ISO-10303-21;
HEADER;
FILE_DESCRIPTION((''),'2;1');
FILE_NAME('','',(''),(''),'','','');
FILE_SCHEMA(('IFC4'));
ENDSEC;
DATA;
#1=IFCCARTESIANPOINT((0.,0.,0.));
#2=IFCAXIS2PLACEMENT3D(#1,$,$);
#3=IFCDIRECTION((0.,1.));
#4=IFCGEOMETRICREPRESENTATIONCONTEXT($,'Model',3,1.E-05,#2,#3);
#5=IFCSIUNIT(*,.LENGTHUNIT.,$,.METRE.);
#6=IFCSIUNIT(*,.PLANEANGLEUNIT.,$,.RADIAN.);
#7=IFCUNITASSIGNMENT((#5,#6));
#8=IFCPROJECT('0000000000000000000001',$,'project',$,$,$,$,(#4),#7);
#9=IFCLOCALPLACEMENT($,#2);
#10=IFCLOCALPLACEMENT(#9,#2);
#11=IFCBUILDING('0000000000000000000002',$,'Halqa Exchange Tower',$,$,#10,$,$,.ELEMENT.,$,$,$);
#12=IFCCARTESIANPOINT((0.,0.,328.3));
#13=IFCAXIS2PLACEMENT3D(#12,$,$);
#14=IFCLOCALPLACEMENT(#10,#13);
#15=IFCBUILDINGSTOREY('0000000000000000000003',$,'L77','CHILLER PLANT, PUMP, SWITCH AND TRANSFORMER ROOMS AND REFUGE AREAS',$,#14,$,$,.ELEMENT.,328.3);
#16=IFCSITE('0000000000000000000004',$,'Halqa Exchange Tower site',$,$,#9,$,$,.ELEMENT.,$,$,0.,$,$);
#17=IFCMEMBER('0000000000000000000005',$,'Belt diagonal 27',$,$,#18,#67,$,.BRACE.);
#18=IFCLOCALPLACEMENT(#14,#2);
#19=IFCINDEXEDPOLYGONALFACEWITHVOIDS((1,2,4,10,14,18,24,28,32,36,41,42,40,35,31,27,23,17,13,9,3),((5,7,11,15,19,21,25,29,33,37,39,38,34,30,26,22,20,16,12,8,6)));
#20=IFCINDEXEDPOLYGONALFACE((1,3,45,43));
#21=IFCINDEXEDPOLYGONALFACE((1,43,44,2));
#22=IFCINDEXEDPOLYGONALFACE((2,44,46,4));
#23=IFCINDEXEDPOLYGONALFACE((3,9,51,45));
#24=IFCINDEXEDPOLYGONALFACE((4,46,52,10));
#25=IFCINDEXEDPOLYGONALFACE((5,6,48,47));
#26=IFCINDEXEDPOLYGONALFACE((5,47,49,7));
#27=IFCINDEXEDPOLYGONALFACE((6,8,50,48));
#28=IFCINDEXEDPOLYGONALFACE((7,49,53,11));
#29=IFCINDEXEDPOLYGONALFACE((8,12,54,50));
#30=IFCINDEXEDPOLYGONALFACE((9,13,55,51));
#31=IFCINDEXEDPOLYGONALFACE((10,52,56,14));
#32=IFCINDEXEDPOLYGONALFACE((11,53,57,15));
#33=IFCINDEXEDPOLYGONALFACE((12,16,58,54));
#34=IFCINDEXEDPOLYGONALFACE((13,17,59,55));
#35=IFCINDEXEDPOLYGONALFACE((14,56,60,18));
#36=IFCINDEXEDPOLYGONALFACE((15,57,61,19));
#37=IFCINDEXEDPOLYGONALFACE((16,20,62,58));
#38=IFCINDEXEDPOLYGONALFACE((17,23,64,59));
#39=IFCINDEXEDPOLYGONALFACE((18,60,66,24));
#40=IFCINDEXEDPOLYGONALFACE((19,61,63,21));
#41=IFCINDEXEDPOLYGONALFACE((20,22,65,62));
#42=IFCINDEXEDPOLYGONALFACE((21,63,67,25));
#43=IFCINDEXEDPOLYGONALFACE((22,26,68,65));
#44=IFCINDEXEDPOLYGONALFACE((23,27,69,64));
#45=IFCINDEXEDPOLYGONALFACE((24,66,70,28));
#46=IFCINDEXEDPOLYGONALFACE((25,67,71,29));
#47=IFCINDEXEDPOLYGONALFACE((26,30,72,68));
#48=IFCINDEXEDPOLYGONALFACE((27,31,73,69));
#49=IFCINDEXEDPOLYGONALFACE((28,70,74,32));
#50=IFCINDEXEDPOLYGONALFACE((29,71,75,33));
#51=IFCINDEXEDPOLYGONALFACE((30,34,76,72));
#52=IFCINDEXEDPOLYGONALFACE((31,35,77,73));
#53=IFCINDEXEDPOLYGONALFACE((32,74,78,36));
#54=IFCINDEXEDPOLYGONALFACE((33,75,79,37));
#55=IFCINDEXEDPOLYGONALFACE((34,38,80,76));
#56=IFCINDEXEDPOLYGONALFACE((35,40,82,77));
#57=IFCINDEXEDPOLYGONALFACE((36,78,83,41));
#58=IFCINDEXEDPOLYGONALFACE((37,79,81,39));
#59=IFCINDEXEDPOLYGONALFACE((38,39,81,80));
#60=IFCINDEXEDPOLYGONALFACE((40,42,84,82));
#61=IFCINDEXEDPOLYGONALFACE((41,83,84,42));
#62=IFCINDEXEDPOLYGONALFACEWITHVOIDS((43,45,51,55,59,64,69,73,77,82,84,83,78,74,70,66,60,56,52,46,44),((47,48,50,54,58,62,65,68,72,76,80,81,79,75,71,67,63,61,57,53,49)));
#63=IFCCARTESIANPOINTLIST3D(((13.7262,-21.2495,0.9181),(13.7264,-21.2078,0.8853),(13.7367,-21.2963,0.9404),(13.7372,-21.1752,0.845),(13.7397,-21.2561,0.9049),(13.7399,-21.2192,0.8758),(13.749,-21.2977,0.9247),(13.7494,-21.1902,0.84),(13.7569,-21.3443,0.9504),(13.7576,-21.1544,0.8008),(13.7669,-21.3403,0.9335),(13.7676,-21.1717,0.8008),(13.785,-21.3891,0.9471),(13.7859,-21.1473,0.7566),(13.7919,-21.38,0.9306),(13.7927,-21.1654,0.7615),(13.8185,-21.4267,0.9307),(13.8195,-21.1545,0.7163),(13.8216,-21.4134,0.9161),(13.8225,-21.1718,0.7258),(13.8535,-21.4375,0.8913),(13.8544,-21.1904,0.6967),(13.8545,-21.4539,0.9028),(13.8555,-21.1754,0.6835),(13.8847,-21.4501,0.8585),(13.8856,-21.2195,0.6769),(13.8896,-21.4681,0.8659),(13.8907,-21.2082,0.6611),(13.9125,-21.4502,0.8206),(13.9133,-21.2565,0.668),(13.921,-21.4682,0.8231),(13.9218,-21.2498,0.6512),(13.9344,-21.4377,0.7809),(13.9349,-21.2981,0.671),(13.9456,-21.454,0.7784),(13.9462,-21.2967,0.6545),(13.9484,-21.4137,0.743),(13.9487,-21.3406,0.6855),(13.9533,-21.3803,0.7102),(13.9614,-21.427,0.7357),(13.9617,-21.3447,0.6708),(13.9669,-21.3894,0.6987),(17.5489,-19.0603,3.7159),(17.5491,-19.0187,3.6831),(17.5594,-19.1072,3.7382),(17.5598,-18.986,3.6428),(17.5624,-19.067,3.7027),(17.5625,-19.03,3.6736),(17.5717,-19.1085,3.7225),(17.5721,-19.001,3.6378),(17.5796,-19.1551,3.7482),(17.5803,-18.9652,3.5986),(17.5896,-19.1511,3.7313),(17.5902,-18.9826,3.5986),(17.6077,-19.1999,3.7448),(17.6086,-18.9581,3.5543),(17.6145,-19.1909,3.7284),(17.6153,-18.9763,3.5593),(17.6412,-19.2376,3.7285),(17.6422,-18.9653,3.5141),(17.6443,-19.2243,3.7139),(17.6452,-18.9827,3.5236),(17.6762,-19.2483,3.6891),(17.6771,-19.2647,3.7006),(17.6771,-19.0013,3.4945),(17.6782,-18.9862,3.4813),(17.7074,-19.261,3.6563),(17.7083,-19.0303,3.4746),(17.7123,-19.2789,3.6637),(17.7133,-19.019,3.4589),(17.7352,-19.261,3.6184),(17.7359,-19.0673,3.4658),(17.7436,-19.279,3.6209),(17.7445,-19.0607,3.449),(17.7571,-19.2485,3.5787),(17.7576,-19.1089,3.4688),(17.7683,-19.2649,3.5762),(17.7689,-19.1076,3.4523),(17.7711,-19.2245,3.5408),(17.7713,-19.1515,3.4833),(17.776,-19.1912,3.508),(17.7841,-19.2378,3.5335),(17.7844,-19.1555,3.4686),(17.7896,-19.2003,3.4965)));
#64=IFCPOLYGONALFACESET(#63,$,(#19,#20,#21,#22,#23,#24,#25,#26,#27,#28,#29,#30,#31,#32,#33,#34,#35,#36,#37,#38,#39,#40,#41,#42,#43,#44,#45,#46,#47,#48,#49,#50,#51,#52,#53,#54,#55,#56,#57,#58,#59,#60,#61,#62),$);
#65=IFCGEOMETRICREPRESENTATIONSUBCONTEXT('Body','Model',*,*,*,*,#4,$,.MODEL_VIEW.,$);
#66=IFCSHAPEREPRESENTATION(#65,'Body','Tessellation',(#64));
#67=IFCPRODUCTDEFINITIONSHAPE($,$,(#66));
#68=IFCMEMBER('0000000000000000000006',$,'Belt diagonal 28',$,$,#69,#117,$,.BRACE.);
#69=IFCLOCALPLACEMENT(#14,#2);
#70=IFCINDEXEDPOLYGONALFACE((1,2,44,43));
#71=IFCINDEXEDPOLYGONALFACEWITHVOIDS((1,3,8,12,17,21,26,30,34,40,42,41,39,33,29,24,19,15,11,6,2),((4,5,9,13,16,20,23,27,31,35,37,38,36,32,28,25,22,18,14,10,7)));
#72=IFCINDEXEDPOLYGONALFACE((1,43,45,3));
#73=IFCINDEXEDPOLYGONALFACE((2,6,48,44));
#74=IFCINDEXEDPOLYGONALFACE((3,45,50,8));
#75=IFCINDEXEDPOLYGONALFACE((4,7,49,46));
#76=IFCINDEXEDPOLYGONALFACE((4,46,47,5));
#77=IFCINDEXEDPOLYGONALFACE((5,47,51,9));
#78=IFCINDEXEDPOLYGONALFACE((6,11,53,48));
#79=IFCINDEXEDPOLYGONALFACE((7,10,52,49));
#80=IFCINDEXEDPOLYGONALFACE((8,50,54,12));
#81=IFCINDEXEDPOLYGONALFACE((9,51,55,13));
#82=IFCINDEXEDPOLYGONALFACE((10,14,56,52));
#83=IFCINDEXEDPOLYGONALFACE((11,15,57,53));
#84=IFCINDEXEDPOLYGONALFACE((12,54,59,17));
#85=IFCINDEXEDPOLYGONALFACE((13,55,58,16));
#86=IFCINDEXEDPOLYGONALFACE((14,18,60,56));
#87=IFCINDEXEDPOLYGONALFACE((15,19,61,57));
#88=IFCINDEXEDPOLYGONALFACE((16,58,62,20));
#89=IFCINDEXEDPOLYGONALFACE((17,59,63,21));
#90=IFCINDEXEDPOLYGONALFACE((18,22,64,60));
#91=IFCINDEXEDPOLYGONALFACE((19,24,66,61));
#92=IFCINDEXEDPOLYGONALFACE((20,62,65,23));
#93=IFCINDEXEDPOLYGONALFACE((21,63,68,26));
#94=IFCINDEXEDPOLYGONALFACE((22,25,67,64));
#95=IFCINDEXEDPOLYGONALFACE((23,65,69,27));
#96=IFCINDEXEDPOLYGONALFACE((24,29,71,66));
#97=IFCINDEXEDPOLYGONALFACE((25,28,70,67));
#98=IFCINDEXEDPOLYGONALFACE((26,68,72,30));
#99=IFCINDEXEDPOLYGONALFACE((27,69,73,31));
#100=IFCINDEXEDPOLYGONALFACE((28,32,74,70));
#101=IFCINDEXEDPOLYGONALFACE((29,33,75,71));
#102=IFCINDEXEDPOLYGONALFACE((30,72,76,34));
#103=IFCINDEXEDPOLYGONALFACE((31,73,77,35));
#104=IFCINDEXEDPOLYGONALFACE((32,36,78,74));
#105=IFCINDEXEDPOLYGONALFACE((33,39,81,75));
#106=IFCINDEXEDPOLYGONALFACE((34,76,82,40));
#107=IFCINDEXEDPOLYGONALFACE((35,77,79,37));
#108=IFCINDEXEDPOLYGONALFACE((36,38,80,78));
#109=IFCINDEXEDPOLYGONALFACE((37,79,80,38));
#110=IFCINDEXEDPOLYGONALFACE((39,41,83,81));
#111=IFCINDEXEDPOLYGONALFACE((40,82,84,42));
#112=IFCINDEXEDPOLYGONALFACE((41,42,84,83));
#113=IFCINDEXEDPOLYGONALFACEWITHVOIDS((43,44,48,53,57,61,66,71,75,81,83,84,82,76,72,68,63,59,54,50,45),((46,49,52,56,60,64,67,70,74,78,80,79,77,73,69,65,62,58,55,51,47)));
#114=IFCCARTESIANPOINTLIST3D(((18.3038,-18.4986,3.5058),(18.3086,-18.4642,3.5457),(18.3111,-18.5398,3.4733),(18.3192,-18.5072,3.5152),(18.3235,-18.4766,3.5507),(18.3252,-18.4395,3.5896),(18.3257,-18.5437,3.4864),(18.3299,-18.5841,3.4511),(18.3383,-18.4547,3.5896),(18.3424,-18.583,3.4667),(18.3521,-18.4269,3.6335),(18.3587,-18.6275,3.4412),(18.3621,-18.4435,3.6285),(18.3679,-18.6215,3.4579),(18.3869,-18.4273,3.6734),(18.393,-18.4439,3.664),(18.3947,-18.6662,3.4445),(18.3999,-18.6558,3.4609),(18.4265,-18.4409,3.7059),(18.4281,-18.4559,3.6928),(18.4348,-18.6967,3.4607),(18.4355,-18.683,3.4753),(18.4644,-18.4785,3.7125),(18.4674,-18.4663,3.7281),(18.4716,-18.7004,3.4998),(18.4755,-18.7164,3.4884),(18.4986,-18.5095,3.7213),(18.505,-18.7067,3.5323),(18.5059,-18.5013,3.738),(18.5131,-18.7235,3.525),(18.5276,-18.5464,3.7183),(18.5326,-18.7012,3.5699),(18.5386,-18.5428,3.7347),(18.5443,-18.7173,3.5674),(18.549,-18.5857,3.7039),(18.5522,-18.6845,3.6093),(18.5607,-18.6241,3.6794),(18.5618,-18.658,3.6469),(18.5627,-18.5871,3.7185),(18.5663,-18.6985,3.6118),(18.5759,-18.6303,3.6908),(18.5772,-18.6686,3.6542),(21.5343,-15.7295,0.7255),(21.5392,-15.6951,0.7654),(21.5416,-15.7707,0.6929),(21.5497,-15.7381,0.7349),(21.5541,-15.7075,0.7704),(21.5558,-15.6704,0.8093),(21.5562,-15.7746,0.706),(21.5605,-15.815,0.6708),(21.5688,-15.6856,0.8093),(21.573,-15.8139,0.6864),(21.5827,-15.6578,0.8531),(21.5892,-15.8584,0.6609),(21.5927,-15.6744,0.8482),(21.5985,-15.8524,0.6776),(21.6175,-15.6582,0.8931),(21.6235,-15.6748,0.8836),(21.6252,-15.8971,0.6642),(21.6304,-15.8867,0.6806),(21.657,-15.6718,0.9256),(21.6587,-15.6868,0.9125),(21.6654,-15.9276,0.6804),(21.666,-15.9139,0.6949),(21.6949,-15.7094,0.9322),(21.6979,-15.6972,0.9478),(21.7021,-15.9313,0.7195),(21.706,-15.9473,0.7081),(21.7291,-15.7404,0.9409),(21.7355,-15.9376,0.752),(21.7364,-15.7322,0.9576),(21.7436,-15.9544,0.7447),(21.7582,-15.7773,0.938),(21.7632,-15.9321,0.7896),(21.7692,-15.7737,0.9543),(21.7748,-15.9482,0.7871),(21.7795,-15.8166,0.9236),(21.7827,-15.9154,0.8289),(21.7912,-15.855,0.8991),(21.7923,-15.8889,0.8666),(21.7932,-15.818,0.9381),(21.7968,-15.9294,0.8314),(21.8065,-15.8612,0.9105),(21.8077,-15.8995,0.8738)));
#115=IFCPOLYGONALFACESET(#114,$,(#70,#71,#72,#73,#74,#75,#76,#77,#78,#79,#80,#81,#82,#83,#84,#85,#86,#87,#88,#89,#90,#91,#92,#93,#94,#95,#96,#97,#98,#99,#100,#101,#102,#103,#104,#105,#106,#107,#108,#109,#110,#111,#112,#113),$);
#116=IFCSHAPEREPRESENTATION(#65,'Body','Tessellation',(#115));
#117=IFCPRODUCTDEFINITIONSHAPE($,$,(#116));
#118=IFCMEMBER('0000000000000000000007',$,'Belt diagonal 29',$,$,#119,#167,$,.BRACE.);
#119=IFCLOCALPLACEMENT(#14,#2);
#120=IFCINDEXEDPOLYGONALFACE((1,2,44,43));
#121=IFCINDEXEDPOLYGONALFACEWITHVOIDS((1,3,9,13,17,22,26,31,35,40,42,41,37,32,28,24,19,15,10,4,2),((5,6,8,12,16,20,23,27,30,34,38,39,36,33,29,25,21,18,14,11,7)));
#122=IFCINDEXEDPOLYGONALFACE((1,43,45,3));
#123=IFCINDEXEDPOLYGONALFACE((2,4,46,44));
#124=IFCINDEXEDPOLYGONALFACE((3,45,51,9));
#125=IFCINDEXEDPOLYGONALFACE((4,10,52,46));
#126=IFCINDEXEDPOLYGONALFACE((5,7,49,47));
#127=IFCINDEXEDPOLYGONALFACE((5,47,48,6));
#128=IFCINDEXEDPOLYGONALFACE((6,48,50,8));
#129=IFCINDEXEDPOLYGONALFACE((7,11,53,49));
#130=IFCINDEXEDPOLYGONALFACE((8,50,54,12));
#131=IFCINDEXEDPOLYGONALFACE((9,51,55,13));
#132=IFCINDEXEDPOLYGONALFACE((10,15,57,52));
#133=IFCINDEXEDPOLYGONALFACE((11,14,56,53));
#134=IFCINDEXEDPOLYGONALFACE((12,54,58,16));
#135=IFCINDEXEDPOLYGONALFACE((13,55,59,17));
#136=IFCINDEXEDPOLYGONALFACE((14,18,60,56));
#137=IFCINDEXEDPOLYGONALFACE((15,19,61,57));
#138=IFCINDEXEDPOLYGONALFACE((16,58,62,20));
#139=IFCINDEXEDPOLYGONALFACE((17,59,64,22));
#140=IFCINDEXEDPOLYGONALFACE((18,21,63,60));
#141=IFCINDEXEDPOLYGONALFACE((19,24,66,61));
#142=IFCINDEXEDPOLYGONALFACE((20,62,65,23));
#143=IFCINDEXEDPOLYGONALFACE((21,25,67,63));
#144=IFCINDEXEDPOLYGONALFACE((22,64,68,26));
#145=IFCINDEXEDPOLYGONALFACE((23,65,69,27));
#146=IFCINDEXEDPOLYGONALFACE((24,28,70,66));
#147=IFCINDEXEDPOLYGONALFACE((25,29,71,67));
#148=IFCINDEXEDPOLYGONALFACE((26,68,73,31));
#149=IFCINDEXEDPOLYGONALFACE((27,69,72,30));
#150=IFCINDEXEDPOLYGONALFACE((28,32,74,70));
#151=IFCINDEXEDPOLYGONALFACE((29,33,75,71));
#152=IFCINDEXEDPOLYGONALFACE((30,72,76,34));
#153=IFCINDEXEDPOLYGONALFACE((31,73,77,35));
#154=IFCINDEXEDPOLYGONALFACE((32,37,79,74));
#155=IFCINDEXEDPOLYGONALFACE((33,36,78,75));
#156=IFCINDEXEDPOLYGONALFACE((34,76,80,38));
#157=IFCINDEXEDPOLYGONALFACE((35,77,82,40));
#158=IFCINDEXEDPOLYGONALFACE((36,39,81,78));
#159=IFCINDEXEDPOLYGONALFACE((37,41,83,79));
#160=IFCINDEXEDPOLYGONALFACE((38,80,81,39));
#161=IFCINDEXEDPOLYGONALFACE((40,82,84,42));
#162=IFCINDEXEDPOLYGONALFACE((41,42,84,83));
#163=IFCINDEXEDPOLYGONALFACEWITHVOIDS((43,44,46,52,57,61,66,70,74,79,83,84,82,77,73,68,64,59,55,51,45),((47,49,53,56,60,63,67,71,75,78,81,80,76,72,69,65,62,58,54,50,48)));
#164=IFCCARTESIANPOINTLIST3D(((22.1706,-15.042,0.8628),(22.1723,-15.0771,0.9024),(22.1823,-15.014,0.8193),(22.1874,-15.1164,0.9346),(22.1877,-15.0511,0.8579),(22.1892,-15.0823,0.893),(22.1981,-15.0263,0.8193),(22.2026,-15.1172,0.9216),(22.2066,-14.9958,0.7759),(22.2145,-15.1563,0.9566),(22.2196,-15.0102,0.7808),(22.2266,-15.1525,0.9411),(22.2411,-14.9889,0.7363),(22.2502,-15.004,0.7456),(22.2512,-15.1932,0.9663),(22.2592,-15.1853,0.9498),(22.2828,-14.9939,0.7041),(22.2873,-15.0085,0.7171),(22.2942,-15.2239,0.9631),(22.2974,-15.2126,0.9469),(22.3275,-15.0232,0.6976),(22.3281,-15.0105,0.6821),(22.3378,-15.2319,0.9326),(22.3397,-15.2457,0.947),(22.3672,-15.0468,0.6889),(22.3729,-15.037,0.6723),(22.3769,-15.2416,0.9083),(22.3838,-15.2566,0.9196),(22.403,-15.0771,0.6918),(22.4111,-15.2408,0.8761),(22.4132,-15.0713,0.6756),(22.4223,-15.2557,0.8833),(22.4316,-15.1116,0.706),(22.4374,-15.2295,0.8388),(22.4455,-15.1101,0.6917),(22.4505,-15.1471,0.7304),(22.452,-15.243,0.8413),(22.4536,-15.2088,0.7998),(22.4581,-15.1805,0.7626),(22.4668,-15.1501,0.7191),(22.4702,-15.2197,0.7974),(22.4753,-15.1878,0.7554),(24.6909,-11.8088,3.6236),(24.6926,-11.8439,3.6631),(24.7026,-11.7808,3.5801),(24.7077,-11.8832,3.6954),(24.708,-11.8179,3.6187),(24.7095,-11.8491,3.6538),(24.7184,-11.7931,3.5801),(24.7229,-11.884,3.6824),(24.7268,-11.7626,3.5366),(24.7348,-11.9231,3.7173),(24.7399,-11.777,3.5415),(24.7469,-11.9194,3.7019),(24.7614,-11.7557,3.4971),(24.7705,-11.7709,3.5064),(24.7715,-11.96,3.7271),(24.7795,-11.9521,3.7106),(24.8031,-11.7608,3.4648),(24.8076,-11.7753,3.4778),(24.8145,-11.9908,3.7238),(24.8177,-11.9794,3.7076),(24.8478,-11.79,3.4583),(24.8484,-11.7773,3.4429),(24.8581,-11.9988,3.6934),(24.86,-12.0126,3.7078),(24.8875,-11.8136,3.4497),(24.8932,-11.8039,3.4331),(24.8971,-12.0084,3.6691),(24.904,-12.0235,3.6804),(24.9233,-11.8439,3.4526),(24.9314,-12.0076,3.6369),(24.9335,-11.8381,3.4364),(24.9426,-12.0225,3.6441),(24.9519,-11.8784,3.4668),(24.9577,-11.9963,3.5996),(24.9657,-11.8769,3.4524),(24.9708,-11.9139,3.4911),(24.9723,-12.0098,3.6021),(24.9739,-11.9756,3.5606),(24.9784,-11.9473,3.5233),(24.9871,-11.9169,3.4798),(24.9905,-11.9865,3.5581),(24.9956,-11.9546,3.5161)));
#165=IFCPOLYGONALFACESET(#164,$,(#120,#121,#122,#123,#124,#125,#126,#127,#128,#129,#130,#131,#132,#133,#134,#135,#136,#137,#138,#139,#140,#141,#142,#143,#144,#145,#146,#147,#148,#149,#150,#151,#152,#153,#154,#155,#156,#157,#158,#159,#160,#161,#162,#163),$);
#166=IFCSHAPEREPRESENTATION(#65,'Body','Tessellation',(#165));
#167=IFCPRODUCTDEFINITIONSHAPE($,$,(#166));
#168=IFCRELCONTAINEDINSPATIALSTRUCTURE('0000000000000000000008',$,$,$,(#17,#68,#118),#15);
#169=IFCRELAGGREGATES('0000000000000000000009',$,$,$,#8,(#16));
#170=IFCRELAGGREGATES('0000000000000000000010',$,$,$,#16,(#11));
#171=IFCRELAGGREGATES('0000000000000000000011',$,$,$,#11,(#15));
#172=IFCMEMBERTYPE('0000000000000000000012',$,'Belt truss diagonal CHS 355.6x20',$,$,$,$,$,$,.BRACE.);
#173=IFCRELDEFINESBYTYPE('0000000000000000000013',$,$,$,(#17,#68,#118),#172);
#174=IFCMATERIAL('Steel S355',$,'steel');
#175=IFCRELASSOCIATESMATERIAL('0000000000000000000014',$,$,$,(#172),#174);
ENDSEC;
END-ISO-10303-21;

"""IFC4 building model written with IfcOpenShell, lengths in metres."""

from ifc_helpers import new_model, si_unit, direction, frame, origin, origin_2d, place, context, subcontext, project, spatial, hollow_circle, extrude, material, material_profile, profile_set, type_object, element, save


model = new_model("IFC4")

# Units and contexts
model_context = context("Model", 3, precision=1e-05, world=origin(), true_north=direction((0.0, 1.0)))
body_context = subcontext(model_context, "Body", "Model", "MODEL_VIEW")
ifc_project = project(units=[si_unit("LENGTHUNIT", "METRE"), si_unit("PLANEANGLEUNIT", "RADIAN")], contexts=[model_context])

# Site, building, storey
site_placement = place(None, origin())
site = spatial("IfcSite", under=ifc_project, at=site_placement, Name="Halqa Exchange Tower site", CompositionType="ELEMENT", RefElevation=0.0)
building_placement = place(site_placement, origin())
building = spatial("IfcBuilding", under=site, at=building_placement, Name="Halqa Exchange Tower", CompositionType="ELEMENT")
storey_placement = place(building_placement, frame((0.0, 0.0, 328.3)))
storey = spatial("IfcBuildingStorey", under=building, at=storey_placement, Name="L77", Description="CHILLER PLANT, PUMP, SWITCH AND TRANSFORMER ROOMS AND REFUGE AREAS", CompositionType="ELEMENT", Elevation=328.3)

# Members
ifc_material_1 = material(Name="Steel S355", Category="steel")
ifc_material_profile_1 = material_profile(ifc_material_1, hollow_circle(Radius=0.1777, WallThickness=0.02, at=origin_2d()), Name="CHS 355.6x20")
ifc_profile_set_1 = profile_set([ifc_material_profile_1], Name="Steel S355")
member_type_1 = type_object("IfcMemberType", Name="Belt truss diagonal CHS 355.6x20", PredefinedType="BRACE", material=ifc_profile_set_1)
member_1_placement = place(storey_placement, frame((13.8459, -21.3086, 0.8008), z_axis=(0.732521, 0.419499, 0.536128), x_axis=(-0.496956, 0.867776, 0.0)))
element("IfcMember", 1, at=member_1_placement, inside=storey, type_object=member_type_1, Name="Belt diagonal 27", PredefinedType="BRACE", context=body_context, shape_type="SweptSolid", body=[
    extrude(hollow_circle(Radius=0.1777, WallThickness=0.02, at=origin_2d()), origin(), (0.0, 0.0, 1.0), 5.2185),
])
member_2_placement = place(storey_placement, frame((18.4409, -18.5745, 3.5896), z_axis=(0.635586, 0.544802, -0.547011), x_axis=(-0.650801, 0.759249, 0.0)))
element("IfcMember", 2, at=member_2_placement, inside=storey, type_object=member_type_1, Name="Belt diagonal 28", PredefinedType="BRACE", context=body_context, shape_type="SweptSolid", body=[
    extrude(hollow_circle(Radius=0.1777, WallThickness=0.02, at=origin_2d()), origin(), (0.0, 0.0, 1.0), 5.0828),
])
member_3_placement = place(storey_placement, frame((22.3225, -15.1233, 0.8193), z_axis=(0.509933, 0.654175, 0.55859), x_axis=(-0.788691, 0.61479, 0.0)))
element("IfcMember", 3, at=member_3_placement, inside=storey, type_object=member_type_1, Name="Belt diagonal 29", PredefinedType="BRACE", context=body_context, shape_type="SweptSolid", body=[
    extrude(hollow_circle(Radius=0.1777, WallThickness=0.02, at=origin_2d()), origin(), (0.0, 0.0, 1.0), 4.9424),
])

save(model, "model.ifc")
